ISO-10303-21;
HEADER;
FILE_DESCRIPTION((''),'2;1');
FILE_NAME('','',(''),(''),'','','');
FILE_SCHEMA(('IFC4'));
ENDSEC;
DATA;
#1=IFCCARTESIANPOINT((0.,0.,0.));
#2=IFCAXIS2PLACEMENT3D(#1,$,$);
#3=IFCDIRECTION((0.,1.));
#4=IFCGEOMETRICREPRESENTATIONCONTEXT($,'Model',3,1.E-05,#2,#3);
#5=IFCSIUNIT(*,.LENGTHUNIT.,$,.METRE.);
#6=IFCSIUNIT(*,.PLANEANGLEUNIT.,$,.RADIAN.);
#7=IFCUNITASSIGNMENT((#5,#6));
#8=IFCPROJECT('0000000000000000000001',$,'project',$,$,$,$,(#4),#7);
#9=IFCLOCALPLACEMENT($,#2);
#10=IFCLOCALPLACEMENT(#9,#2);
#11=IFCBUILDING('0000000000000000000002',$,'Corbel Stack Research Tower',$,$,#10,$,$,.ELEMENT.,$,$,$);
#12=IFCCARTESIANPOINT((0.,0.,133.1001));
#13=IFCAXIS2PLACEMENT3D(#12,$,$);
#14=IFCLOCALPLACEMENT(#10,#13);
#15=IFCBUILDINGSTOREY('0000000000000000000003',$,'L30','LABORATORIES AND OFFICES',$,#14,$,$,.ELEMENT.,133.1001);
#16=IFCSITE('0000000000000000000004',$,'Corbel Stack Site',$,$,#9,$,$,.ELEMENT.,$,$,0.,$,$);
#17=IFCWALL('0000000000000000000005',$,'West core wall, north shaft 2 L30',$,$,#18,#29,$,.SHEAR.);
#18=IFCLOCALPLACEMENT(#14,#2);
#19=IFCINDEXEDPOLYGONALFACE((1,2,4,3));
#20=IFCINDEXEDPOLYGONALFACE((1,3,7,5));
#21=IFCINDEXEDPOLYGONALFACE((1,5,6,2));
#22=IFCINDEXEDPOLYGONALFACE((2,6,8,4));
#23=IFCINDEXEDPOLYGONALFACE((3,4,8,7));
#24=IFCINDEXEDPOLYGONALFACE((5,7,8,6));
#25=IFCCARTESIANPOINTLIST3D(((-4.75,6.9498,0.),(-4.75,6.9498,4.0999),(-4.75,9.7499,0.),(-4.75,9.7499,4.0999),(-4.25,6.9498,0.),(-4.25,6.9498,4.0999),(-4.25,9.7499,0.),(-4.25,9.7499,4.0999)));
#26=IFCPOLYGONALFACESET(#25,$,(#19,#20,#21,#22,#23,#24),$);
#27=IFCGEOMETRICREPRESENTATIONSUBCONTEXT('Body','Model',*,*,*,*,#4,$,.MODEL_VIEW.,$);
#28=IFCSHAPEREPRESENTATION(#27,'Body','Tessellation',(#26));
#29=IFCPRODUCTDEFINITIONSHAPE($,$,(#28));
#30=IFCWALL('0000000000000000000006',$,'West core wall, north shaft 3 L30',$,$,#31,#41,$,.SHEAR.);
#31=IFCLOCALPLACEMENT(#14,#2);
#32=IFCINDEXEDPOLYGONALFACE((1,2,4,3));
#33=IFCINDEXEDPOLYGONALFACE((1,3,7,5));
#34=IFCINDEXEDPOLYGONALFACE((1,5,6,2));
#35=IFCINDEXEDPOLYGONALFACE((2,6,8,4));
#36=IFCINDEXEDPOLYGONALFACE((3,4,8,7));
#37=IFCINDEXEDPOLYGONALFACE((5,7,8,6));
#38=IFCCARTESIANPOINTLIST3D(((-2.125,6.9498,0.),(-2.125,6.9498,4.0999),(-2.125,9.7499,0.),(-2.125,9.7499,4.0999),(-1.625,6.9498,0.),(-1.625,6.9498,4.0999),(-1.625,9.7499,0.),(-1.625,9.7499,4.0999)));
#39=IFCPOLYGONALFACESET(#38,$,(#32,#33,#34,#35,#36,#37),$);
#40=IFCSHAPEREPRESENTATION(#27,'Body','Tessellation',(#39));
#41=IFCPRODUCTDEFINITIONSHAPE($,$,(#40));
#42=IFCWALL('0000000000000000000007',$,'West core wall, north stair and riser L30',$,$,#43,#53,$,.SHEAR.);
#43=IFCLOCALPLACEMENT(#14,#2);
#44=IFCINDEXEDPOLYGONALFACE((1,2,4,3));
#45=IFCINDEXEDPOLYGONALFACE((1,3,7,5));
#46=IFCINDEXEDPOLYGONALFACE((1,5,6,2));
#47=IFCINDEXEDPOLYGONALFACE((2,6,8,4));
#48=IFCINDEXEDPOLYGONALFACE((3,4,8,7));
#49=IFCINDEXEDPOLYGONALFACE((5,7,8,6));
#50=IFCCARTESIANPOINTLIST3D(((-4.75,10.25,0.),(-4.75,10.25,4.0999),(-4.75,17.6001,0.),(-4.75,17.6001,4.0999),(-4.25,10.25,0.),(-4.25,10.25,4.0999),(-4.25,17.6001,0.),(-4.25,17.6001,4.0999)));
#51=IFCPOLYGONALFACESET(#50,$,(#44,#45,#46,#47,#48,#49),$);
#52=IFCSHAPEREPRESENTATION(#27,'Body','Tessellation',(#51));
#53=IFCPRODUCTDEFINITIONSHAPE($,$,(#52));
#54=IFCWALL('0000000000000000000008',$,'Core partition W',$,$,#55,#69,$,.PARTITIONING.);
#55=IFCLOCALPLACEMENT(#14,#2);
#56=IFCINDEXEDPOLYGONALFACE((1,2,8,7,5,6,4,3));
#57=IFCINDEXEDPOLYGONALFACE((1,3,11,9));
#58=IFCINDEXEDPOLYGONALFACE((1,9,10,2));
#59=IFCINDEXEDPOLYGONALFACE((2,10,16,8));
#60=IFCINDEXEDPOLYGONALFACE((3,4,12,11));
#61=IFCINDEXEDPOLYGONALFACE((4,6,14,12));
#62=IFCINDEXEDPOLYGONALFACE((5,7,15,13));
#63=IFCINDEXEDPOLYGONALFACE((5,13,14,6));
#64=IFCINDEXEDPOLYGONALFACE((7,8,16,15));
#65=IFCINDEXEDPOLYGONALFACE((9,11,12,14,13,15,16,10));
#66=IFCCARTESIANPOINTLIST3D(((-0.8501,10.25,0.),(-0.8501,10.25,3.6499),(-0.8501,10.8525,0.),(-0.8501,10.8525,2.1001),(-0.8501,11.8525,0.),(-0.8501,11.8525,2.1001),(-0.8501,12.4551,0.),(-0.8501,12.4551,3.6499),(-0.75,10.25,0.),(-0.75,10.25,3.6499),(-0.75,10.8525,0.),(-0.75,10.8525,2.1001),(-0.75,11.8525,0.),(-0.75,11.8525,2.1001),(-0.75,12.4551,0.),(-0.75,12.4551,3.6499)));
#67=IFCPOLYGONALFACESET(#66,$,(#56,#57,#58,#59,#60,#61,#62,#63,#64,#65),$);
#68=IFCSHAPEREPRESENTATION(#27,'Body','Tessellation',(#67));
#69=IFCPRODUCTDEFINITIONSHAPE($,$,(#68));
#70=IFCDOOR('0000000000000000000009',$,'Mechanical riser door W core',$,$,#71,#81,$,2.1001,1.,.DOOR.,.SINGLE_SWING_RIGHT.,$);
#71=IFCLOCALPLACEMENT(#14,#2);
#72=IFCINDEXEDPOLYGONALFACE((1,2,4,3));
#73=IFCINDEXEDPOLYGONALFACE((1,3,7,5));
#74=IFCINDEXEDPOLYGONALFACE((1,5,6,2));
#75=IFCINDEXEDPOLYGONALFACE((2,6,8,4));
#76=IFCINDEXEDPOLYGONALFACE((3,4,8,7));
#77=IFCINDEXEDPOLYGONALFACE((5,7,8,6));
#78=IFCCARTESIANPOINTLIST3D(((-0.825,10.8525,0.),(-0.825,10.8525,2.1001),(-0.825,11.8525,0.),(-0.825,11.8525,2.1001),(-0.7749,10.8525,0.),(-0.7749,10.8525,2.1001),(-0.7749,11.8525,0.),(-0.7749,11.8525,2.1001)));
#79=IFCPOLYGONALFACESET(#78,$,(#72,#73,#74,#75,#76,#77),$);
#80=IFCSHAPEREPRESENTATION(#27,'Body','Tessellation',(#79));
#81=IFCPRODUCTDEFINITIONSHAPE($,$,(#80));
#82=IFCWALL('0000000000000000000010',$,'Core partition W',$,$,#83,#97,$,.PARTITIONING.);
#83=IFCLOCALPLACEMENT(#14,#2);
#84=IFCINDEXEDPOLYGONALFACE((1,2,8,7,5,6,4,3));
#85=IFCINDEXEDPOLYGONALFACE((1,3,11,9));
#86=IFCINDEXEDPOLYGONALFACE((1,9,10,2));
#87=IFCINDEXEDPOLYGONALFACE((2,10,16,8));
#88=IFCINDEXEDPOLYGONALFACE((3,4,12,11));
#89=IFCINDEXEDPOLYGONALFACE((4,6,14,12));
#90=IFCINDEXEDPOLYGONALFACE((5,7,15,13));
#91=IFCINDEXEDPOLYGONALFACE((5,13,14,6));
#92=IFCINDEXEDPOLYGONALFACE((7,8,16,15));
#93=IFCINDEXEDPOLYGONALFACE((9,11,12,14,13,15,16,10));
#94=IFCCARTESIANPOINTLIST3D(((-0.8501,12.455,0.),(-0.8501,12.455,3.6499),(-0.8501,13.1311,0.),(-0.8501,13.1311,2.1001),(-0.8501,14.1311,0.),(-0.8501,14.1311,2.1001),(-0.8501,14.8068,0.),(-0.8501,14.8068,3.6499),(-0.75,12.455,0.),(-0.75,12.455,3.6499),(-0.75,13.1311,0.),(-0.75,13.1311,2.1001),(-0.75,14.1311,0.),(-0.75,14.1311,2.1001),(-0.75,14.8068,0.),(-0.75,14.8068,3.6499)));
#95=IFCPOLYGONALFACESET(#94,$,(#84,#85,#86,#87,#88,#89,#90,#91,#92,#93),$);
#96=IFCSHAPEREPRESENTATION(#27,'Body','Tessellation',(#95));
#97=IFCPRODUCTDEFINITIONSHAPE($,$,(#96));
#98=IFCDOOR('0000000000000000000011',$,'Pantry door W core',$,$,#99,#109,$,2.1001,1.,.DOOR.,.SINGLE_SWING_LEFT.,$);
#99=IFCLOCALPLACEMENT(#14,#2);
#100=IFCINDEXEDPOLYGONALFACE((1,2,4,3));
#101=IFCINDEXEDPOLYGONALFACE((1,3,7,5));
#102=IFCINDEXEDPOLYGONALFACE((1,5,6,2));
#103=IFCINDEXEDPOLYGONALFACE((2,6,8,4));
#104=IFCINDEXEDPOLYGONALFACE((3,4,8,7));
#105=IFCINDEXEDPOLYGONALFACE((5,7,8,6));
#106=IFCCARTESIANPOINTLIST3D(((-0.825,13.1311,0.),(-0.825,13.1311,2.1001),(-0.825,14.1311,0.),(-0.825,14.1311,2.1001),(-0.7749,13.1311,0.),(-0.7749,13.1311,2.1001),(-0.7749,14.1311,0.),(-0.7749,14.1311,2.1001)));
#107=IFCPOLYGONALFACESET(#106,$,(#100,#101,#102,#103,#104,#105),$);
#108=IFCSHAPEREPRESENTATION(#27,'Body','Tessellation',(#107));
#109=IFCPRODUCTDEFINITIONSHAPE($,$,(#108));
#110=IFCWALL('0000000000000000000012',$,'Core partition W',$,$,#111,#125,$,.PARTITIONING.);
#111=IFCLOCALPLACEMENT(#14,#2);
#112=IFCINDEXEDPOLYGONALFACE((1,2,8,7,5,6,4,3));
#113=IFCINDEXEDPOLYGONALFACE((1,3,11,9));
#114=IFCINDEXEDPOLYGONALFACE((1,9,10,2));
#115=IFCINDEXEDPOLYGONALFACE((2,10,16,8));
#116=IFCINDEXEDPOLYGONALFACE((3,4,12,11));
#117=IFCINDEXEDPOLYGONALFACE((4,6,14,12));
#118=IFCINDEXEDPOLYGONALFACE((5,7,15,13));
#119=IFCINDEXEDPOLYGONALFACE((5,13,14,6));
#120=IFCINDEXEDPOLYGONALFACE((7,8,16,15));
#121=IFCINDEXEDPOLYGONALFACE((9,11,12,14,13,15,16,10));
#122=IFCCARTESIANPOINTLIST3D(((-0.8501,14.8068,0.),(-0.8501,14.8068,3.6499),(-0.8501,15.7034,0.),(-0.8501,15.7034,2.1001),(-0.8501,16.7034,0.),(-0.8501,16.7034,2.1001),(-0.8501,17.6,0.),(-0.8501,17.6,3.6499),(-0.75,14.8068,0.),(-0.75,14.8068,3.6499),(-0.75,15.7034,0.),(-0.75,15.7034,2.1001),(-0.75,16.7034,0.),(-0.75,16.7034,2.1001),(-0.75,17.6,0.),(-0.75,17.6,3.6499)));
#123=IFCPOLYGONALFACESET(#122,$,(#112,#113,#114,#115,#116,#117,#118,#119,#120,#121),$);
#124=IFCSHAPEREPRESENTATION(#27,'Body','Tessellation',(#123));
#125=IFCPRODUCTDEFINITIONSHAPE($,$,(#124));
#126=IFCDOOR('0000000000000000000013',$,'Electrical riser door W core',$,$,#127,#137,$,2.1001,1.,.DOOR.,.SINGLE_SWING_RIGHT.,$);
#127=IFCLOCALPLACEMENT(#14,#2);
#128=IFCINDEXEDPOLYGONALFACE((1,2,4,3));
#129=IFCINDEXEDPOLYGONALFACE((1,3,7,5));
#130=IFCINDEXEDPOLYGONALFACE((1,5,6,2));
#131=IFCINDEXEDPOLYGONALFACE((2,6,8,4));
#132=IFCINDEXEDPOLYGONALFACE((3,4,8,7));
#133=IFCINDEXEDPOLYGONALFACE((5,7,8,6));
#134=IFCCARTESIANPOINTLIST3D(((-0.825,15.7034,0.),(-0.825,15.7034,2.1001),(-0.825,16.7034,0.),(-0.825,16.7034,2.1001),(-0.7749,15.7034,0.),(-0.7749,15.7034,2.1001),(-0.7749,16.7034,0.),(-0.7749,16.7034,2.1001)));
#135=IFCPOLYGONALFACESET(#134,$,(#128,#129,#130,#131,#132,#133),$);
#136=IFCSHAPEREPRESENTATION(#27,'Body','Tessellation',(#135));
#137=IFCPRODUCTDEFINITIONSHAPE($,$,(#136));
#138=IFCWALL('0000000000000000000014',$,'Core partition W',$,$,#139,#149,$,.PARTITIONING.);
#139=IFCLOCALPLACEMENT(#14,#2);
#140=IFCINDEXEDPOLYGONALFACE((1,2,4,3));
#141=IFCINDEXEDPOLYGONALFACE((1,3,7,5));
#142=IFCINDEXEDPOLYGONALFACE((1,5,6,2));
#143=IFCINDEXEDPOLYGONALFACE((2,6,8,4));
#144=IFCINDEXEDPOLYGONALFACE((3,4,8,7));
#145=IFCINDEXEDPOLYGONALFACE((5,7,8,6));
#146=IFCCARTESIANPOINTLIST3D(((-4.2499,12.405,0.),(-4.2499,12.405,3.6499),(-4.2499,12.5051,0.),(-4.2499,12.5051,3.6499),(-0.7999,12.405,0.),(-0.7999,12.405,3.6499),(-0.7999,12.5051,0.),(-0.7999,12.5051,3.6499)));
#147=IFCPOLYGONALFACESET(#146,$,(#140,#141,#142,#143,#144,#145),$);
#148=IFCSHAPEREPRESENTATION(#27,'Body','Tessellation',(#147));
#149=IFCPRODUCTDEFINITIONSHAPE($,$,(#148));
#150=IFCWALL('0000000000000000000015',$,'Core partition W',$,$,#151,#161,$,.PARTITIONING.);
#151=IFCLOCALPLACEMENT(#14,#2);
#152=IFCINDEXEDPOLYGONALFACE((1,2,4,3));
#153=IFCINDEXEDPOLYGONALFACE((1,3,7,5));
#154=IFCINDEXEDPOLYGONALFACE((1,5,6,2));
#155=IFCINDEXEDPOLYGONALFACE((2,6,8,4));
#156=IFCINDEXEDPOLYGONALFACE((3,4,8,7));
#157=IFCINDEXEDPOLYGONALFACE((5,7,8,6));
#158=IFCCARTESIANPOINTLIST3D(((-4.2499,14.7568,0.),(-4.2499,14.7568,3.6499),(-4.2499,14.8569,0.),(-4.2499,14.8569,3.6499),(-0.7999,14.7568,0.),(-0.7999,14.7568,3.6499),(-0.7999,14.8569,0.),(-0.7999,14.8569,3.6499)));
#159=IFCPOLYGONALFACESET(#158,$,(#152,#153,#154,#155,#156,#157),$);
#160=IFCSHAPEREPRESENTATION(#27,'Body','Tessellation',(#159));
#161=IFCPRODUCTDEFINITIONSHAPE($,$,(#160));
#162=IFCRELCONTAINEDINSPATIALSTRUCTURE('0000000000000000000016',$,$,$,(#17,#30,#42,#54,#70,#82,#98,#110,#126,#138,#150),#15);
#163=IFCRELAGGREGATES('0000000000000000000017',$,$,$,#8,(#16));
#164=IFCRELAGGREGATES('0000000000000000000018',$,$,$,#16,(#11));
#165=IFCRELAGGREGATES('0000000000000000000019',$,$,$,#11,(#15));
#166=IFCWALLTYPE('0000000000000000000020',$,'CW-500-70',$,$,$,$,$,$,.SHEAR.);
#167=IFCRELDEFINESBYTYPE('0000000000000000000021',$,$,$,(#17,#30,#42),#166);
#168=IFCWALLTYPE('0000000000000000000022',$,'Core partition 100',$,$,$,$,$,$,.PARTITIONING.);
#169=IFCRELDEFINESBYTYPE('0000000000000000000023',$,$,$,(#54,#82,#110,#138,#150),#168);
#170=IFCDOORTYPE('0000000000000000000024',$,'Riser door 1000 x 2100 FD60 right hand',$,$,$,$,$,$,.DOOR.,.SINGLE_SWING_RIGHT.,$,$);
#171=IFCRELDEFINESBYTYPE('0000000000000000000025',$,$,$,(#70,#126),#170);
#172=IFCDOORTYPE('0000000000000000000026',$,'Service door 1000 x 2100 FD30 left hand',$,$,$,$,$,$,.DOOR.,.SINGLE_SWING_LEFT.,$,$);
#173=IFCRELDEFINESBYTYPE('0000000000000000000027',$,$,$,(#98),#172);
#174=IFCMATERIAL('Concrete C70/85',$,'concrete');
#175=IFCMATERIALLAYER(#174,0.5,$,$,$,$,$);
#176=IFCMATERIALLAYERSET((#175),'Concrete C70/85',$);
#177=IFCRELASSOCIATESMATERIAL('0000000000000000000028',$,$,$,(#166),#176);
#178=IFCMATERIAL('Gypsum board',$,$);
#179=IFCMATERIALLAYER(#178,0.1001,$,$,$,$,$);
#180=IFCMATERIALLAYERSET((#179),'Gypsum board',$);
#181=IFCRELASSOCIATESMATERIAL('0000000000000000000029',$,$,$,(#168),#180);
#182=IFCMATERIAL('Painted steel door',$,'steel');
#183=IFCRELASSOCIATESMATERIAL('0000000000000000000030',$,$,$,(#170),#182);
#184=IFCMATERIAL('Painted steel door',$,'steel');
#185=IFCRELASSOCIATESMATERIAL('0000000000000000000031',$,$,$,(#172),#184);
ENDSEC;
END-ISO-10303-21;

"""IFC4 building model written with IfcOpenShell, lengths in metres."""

from ifc_helpers import new_model, si_unit, direction, frame, frame_2d, origin, place, context, subcontext, project, spatial, rectangle, extrude, material, layer, layer_set, type_object, element, fill, save


model = new_model("IFC4")

# Units and contexts
model_context = context("Model", 3, precision=1e-05, world=origin(), true_north=direction((0.0, 1.0)))
body_context = subcontext(model_context, "Body", "Model", "MODEL_VIEW")
ifc_project = project(units=[si_unit("LENGTHUNIT", "METRE"), si_unit("PLANEANGLEUNIT", "RADIAN")], contexts=[model_context])

# Site, building, storey
site_placement = place(None, origin())
site = spatial("IfcSite", under=ifc_project, at=site_placement, Name="Corbel Stack Site", CompositionType="ELEMENT", RefElevation=0.0)
building_placement = place(site_placement, origin())
building = spatial("IfcBuilding", under=site, at=building_placement, Name="Corbel Stack Research Tower", CompositionType="ELEMENT")
storey_placement = place(building_placement, frame((0.0, 0.0, 133.1001)))
storey = spatial("IfcBuildingStorey", under=building, at=storey_placement, Name="L30", Description="LABORATORIES AND OFFICES", CompositionType="ELEMENT", Elevation=133.1001)

# Walls
ifc_material_1 = material(Name="Concrete C70/85", Category="concrete")
ifc_layer_1 = layer(ifc_material_1, 0.5)
ifc_layer_set_1 = layer_set([ifc_layer_1], Name="Concrete C70/85")
wall_type_1 = type_object("IfcWallType", Name="CW-500-70", PredefinedType="SHEAR", material=ifc_layer_set_1)
for number, where, z_axis, x_axis, name in (
    (1, (-4.5, 6.95, 0.0), (0.0, 0.0, 1.0), (0.0, 1.0, 0.0), "West core wall, north shaft 2 L30"),
    (2, (-1.875, 6.95, 0.0), (0.0, 0.0, 1.0), (0.0, 1.0, 0.0), "West core wall, north shaft 3 L30"),
):
    element("IfcWall", number, at=place(storey_placement, frame(where, z_axis=z_axis, x_axis=x_axis)), inside=storey, type_object=wall_type_1, Name=name, PredefinedType="SHEAR", context=body_context, shape_type="SweptSolid", body=[
        extrude(rectangle(XDim=2.8, YDim=0.5, at=frame_2d((1.3999, 0.0))), origin(), (0.0, 0.0, 1.0), 4.0999),
    ])
wall_1_placement = place(storey_placement, frame((-4.5, 10.25, 0.0), z_axis=(0.0, 0.0, 1.0), x_axis=(0.0, 1.0, 0.0)))
element("IfcWall", 3, at=wall_1_placement, inside=storey, type_object=wall_type_1, Name="West core wall, north stair and riser L30", PredefinedType="SHEAR", context=body_context, shape_type="SweptSolid", body=[
    extrude(rectangle(XDim=7.3501, YDim=0.5, at=frame_2d((3.675, 0.0))), origin(), (0.0, 0.0, 1.0), 4.0999),
])

# Walls, openings, doors
ifc_material_2 = material(Name="Gypsum board")
ifc_layer_2 = layer(ifc_material_2, 0.1001)
ifc_layer_set_2 = layer_set([ifc_layer_2], Name="Gypsum board")
wall_type_2 = type_object("IfcWallType", Name="Core partition 100", PredefinedType="PARTITIONING", material=ifc_layer_set_2)
wall_2_placement = place(storey_placement, frame((-0.8, 10.25, 0.0), z_axis=(0.0, 0.0, 1.0), x_axis=(0.0, 1.0, 0.0)))
wall_2 = element("IfcWall", 4, at=wall_2_placement, inside=storey, type_object=wall_type_2, Name="Core partition W", PredefinedType="PARTITIONING", context=body_context, shape_type="SweptSolid", body=[
    extrude(rectangle(XDim=2.2051, YDim=0.1001, at=frame_2d((1.1025, 0.0))), origin(), (0.0, 0.0, 1.0), 3.6499),
])
opening_1_placement = place(wall_2_placement, frame((0.6025, 0.0, 0.0)))
opening_1 = element("IfcOpeningElement", 5, at=opening_1_placement, cuts=wall_2, PredefinedType="OPENING", context=body_context, shape_type="SweptSolid", body=[
    extrude(rectangle(XDim=1.0, YDim=2.1001, at=frame_2d((0.5, 1.05))), frame((0.0, 0.0601, 0.0), z_axis=(0.0, -1.0, 0.0), x_axis=(1.0, 0.0, 0.0)), (0.0, 0.0, 1.0), 0.1201),
])
ifc_material_3 = material(Name="Painted steel door", Category="steel")
door_type_1 = type_object("IfcDoorType", Name="Riser door 1000 x 2100 FD60 right hand", OperationType="SINGLE_SWING_RIGHT", PredefinedType="DOOR", material=ifc_material_3)
door_1_placement = place(opening_1_placement, origin())
door_1 = element("IfcDoor", 6, at=door_1_placement, inside=storey, type_object=door_type_1, Name="Mechanical riser door W core", OperationType="SINGLE_SWING_RIGHT", OverallHeight=2.1001, OverallWidth=1.0, PredefinedType="DOOR", context=body_context, shape_type="SweptSolid", body=[
    extrude(rectangle(XDim=1.0, YDim=2.1001, at=frame_2d((0.5, 1.05))), frame((0.0, 0.0249, 0.0), z_axis=(0.0, -1.0, 0.0), x_axis=(1.0, 0.0, 0.0)), (0.0, 0.0, 1.0), 0.05),
])
fill(opening_1, door_1)
wall_3_placement = place(storey_placement, frame((-0.8, 12.4551, 0.0), z_axis=(0.0, 0.0, 1.0), x_axis=(0.0, 1.0, 0.0)))
wall_3 = element("IfcWall", 7, at=wall_3_placement, inside=storey, type_object=wall_type_2, Name="Core partition W", PredefinedType="PARTITIONING", context=body_context, shape_type="SweptSolid", body=[
    extrude(rectangle(XDim=2.3518, YDim=0.1001, at=frame_2d((1.1758, 0.0))), origin(), (0.0, 0.0, 1.0), 3.6499),
])
opening_2_placement = place(wall_3_placement, frame((0.676, 0.0, 0.0)))
opening_2 = element("IfcOpeningElement", 8, at=opening_2_placement, cuts=wall_3, PredefinedType="OPENING", context=body_context, shape_type="SweptSolid", body=[
    extrude(rectangle(XDim=1.0, YDim=2.1001, at=frame_2d((0.5, 1.05))), frame((0.0, 0.0601, 0.0), z_axis=(0.0, -1.0, 0.0), x_axis=(1.0, 0.0, 0.0)), (0.0, 0.0, 1.0), 0.1201),
])
ifc_material_4 = material(Name="Painted steel door", Category="steel")
door_type_2 = type_object("IfcDoorType", Name="Service door 1000 x 2100 FD30 left hand", OperationType="SINGLE_SWING_LEFT", PredefinedType="DOOR", material=ifc_material_4)
door_2_placement = place(opening_2_placement, origin())
door_2 = element("IfcDoor", 9, at=door_2_placement, inside=storey, type_object=door_type_2, Name="Pantry door W core", OperationType="SINGLE_SWING_LEFT", OverallHeight=2.1001, OverallWidth=1.0, PredefinedType="DOOR", context=body_context, shape_type="SweptSolid", body=[
    extrude(rectangle(XDim=1.0, YDim=2.1001, at=frame_2d((0.5, 1.05))), frame((0.0, 0.0249, 0.0), z_axis=(0.0, -1.0, 0.0), x_axis=(1.0, 0.0, 0.0)), (0.0, 0.0, 1.0), 0.05),
])
fill(opening_2, door_2)
wall_4_placement = place(storey_placement, frame((-0.8, 14.8069, 0.0), z_axis=(0.0, 0.0, 1.0), x_axis=(0.0, 1.0, 0.0)))
wall_4 = element("IfcWall", 10, at=wall_4_placement, inside=storey, type_object=wall_type_2, Name="Core partition W", PredefinedType="PARTITIONING", context=body_context, shape_type="SweptSolid", body=[
    extrude(rectangle(XDim=2.7932, YDim=0.1001, at=frame_2d((1.3965, 0.0))), origin(), (0.0, 0.0, 1.0), 3.6499),
])
opening_3_placement = place(wall_4_placement, frame((0.8965, 0.0, 0.0)))
opening_3 = element("IfcOpeningElement", 11, at=opening_3_placement, cuts=wall_4, PredefinedType="OPENING", context=body_context, shape_type="SweptSolid", body=[
    extrude(rectangle(XDim=1.0, YDim=2.1001, at=frame_2d((0.5, 1.05))), frame((0.0, 0.0601, 0.0), z_axis=(0.0, -1.0, 0.0), x_axis=(1.0, 0.0, 0.0)), (0.0, 0.0, 1.0), 0.1201),
])
door_3_placement = place(opening_3_placement, origin())
door_3 = element("IfcDoor", 12, at=door_3_placement, inside=storey, type_object=door_type_1, Name="Electrical riser door W core", OperationType="SINGLE_SWING_RIGHT", OverallHeight=2.1001, OverallWidth=1.0, PredefinedType="DOOR", context=body_context, shape_type="SweptSolid", body=[
    extrude(rectangle(XDim=1.0, YDim=2.1001, at=frame_2d((0.5, 1.05))), frame((0.0, 0.0249, 0.0), z_axis=(0.0, -1.0, 0.0), x_axis=(1.0, 0.0, 0.0)), (0.0, 0.0, 1.0), 0.05),
])
fill(opening_3, door_3)

# Walls
for number, where, z_axis, x_axis, name in (
    (13, (-4.25, 12.4551, 0.0), (0.0, 0.0, 1.0), (1.0, 0.0, 0.0), "Core partition W"),
    (14, (-4.25, 14.8069, 0.0), (0.0, 0.0, 1.0), (1.0, 0.0, 0.0), "Core partition W"),
):
    element("IfcWall", number, at=place(storey_placement, frame(where, z_axis=z_axis, x_axis=x_axis)), inside=storey, type_object=wall_type_2, Name=name, PredefinedType="PARTITIONING", context=body_context, shape_type="SweptSolid", body=[
        extrude(rectangle(XDim=3.45, YDim=0.1001, at=frame_2d((1.7251, 0.0))), origin(), (0.0, 0.0, 1.0), 3.6499),
    ])

save(model, "model.ifc")
